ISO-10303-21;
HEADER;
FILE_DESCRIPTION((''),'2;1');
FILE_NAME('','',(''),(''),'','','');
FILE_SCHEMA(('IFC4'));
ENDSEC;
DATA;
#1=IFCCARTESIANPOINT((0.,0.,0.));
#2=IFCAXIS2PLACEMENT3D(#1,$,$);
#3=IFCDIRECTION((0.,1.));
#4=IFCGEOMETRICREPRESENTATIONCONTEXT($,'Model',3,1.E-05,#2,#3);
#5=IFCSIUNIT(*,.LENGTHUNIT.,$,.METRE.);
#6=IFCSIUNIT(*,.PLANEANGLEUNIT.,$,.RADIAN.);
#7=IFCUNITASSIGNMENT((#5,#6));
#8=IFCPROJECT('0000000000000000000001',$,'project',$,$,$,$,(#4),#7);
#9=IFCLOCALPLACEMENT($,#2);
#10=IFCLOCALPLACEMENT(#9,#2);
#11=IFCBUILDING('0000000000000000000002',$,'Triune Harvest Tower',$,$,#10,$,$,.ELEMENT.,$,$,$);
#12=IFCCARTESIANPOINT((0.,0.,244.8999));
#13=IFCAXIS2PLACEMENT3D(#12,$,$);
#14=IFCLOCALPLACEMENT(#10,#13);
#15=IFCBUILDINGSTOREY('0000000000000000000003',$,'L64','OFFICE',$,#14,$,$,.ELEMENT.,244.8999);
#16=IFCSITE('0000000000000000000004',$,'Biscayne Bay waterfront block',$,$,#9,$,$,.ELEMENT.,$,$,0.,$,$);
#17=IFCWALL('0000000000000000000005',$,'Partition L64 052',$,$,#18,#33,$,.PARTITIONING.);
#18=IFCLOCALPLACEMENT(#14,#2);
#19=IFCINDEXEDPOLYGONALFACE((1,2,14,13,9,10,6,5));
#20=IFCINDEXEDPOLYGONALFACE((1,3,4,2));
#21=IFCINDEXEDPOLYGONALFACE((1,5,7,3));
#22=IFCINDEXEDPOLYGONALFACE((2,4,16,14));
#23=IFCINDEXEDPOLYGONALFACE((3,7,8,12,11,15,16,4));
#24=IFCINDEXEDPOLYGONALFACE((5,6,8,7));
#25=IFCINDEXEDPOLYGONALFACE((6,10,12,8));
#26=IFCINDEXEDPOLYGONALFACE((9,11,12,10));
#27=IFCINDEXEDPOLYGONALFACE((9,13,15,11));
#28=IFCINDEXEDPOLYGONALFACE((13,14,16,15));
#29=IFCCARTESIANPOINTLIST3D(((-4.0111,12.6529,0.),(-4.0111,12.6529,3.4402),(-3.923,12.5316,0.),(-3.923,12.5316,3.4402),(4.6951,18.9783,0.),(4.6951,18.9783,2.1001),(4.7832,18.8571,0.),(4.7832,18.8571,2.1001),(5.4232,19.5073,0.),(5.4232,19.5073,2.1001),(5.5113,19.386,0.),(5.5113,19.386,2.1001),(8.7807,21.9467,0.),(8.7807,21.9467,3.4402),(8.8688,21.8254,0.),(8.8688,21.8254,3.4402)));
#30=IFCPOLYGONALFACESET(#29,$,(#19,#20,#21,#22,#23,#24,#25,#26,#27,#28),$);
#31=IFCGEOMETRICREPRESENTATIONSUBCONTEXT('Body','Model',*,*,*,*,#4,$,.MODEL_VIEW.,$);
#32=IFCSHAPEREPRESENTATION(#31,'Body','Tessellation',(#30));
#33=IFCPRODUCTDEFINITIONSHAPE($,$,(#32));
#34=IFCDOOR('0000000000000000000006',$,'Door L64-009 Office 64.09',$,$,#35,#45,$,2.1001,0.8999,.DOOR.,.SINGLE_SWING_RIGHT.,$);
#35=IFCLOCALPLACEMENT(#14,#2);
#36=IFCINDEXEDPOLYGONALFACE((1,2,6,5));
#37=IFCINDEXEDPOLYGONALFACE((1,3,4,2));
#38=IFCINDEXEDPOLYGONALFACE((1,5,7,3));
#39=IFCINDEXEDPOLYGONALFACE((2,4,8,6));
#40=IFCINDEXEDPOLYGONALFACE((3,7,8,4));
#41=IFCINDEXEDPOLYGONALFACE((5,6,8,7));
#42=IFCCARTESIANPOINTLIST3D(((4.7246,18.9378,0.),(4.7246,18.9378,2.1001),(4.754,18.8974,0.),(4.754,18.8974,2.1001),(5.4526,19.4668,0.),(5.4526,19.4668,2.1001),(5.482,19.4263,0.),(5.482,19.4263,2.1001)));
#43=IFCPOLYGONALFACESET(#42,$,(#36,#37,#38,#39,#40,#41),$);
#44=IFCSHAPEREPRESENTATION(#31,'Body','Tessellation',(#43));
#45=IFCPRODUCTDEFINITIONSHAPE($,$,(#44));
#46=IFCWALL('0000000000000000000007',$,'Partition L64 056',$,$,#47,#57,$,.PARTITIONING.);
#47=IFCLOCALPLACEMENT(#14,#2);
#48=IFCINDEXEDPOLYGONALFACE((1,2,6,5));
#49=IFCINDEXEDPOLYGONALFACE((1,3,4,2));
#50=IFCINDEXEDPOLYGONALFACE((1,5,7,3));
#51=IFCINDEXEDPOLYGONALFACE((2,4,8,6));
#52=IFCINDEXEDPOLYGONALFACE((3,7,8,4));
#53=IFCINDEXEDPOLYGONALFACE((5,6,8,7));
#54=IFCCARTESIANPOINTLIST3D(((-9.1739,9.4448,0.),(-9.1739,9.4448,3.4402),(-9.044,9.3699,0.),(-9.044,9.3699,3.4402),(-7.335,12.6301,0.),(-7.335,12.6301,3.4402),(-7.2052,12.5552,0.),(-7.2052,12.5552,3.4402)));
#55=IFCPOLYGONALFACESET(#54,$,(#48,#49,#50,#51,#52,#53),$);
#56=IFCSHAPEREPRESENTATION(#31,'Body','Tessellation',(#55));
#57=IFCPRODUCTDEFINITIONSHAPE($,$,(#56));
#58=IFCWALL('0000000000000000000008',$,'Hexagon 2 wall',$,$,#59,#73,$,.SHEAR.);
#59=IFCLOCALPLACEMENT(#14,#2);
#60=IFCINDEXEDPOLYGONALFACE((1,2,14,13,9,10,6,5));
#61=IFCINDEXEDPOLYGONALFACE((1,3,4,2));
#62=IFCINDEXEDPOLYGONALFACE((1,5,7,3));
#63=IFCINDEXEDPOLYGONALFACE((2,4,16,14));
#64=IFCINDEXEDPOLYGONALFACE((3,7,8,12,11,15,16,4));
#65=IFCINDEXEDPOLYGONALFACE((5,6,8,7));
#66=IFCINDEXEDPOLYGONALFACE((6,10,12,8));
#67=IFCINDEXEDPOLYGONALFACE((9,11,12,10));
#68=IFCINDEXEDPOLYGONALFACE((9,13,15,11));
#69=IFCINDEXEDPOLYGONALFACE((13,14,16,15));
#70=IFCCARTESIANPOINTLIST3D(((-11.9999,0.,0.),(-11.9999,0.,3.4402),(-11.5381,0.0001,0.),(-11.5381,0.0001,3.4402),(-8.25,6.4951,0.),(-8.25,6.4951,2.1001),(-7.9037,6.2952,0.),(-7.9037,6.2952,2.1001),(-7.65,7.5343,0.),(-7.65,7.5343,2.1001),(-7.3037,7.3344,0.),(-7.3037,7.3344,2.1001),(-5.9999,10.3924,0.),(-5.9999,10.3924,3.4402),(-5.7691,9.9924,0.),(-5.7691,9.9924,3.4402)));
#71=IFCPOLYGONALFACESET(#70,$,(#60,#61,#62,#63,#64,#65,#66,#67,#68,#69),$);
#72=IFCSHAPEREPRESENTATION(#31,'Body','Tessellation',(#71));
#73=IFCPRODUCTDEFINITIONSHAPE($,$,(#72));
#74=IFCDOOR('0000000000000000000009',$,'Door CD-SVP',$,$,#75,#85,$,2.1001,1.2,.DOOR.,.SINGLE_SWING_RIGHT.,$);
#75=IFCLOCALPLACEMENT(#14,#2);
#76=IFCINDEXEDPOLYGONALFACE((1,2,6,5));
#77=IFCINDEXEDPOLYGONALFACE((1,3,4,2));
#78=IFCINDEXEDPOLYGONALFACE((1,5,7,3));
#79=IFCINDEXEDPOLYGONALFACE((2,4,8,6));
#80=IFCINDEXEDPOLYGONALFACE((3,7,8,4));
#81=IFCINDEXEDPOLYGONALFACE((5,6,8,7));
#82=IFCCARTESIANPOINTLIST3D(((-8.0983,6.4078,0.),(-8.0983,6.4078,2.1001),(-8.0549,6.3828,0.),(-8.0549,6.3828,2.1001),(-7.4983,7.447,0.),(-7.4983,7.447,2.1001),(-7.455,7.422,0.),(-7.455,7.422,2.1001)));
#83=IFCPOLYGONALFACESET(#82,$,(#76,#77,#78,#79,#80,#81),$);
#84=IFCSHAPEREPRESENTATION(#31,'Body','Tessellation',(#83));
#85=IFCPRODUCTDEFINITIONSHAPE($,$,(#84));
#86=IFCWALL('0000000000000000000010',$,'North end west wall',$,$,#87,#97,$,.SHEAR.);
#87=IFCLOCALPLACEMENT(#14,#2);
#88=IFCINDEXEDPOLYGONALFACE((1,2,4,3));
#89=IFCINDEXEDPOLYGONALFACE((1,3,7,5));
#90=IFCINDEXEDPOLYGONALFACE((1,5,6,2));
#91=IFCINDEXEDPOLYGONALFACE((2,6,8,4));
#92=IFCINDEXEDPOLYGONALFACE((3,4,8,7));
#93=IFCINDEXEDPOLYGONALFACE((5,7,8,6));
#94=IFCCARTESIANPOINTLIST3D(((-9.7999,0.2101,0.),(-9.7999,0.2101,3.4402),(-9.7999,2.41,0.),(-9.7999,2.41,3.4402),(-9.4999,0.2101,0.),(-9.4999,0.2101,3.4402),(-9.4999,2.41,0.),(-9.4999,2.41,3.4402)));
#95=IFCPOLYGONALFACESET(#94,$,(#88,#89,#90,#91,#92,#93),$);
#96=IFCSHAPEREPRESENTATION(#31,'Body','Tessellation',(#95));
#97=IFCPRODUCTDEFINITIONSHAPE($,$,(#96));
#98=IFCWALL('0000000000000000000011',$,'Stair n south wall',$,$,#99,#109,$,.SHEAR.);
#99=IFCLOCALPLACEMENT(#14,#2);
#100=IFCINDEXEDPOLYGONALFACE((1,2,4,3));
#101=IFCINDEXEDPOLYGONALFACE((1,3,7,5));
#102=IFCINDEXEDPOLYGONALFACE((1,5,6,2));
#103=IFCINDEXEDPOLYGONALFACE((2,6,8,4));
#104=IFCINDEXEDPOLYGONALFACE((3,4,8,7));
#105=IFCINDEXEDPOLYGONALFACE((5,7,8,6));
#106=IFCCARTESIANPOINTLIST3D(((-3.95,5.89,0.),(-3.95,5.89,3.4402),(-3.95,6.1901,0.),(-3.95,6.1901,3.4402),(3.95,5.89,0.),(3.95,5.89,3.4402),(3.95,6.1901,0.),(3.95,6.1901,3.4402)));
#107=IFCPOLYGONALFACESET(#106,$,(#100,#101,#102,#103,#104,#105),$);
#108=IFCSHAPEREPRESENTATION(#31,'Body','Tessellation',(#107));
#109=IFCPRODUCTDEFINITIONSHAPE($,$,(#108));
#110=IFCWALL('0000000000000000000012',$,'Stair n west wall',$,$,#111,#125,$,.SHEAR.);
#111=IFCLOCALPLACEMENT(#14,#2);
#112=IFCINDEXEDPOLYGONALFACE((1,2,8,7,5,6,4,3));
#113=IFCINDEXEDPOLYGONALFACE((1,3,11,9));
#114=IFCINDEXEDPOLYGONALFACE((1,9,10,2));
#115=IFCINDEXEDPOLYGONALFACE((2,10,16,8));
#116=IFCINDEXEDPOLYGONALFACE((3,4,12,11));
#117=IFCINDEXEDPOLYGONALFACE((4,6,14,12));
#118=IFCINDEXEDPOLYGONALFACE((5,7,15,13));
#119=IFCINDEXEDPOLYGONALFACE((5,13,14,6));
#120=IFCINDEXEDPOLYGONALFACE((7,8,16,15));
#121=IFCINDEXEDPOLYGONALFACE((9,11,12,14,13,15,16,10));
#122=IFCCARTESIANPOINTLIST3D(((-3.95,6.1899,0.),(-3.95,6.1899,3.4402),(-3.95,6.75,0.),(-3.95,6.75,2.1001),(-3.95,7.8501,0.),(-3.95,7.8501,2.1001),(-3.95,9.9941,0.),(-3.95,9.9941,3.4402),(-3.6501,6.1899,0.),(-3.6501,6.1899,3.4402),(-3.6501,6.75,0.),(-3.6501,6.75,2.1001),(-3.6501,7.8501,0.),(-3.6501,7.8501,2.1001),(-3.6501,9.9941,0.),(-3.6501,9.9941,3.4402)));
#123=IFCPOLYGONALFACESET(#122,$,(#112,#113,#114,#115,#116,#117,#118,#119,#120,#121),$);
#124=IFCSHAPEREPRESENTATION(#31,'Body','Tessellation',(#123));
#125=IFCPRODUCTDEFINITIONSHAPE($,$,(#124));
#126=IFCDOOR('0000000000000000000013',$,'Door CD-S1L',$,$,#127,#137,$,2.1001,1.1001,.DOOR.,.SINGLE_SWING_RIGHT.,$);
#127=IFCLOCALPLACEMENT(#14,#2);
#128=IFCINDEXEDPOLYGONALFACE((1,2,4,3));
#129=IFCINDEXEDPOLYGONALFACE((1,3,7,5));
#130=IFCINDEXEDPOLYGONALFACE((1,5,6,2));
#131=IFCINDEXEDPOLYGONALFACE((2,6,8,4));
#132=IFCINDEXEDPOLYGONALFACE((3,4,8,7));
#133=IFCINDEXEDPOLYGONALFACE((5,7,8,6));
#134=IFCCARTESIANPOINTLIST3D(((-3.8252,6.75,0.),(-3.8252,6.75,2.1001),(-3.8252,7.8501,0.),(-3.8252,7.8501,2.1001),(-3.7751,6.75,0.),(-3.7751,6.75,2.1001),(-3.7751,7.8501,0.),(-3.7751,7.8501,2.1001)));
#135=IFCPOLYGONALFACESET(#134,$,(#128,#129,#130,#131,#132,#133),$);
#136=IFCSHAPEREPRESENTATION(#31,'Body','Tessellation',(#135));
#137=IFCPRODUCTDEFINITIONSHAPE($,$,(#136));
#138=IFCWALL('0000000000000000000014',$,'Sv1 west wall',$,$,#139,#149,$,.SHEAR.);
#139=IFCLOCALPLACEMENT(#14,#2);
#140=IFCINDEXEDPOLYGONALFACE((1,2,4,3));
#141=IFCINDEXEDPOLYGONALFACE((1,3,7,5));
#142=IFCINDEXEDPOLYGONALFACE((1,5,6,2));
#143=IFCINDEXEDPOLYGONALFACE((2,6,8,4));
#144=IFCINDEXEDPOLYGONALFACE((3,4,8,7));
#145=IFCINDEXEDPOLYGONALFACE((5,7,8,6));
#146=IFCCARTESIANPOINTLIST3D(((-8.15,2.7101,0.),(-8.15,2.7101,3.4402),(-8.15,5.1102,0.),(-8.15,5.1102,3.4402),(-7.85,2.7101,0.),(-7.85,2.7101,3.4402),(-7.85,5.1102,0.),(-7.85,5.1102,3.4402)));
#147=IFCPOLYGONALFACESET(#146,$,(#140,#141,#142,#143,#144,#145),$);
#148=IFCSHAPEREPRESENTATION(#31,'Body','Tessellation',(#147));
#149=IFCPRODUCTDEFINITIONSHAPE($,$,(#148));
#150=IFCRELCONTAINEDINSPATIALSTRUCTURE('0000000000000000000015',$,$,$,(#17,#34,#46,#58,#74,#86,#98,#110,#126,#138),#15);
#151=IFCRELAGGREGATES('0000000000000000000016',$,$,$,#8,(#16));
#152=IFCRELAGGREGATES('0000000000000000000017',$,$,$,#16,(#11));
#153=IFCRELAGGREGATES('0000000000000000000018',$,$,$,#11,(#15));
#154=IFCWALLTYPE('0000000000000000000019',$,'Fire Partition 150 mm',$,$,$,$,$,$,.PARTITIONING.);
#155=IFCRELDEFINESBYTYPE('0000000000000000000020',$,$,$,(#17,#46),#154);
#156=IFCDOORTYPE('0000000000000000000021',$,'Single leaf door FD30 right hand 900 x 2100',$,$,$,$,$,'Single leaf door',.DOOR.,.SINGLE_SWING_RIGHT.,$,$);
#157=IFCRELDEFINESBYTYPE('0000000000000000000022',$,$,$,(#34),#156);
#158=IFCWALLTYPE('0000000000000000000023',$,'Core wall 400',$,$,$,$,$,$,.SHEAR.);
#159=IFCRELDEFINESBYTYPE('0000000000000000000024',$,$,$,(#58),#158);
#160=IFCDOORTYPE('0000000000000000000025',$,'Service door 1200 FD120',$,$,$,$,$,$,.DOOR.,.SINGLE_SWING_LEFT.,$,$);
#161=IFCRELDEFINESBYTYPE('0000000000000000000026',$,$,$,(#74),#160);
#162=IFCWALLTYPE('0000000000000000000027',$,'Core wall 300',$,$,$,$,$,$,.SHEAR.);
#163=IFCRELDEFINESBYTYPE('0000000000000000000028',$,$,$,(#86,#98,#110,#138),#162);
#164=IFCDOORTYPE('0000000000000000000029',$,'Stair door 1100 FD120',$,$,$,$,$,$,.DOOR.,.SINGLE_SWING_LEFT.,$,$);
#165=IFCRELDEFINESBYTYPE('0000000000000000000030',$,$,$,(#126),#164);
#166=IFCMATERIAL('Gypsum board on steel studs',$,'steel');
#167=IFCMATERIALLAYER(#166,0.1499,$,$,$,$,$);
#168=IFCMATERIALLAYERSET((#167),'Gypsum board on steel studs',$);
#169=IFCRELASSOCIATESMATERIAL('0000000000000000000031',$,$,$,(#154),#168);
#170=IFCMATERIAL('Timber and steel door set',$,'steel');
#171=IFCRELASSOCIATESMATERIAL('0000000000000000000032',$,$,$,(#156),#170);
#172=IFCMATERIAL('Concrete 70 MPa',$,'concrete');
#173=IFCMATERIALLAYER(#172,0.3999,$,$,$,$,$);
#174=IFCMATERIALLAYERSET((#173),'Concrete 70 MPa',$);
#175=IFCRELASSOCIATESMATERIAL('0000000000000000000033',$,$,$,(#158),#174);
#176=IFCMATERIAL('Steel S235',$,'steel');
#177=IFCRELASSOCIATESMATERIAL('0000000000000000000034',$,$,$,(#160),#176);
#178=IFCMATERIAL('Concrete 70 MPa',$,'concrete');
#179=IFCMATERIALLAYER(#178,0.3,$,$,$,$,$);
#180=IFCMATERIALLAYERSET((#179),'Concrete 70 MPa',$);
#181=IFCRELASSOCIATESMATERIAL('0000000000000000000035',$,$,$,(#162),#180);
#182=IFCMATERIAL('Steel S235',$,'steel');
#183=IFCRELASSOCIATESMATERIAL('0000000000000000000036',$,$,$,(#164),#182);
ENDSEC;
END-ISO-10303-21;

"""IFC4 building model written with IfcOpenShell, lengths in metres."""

from ifc_helpers import new_model, si_unit, direction, frame, frame_2d, origin, place, context, subcontext, project, spatial, polyline, rectangle, outline, extrude, source, transform, mapped, material, layer, layer_set, type_object, element, fill, save


model = new_model("IFC4")

# Units and contexts
model_context = context("Model", 3, precision=1e-05, world=origin(), true_north=direction((0.0, 1.0)))
body_context = subcontext(model_context, "Body", "Model", "MODEL_VIEW")
ifc_project = project(units=[si_unit("LENGTHUNIT", "METRE"), si_unit("PLANEANGLEUNIT", "RADIAN")], contexts=[model_context])

# Site, building, storey
site_placement = place(None, origin())
site = spatial("IfcSite", under=ifc_project, at=site_placement, Name="Biscayne Bay waterfront block", CompositionType="ELEMENT", RefElevation=0.0)
building_placement = place(site_placement, origin())
building = spatial("IfcBuilding", under=site, at=building_placement, Name="Triune Harvest Tower", CompositionType="ELEMENT")
storey_placement = place(building_placement, frame((0.0, 0.0, 244.8999)))
storey = spatial("IfcBuildingStorey", under=building, at=storey_placement, Name="L64", Description="OFFICE", CompositionType="ELEMENT", Elevation=244.8999)

# Shared definitions
ifc_material_1 = material(Name="Gypsum board on steel studs", Category="steel")
ifc_layer_1 = layer(ifc_material_1, 0.1499)
ifc_layer_set_1 = layer_set([ifc_layer_1], Name="Gypsum board on steel studs")
wall_type_1 = type_object("IfcWallType", Name="Fire Partition 150 mm", PredefinedType="PARTITIONING", material=ifc_layer_set_1)

# Wall, opening, door
wall_1_placement = place(storey_placement, frame((-3.967, 12.5923, 0.0), z_axis=(0.0, 0.0, 1.0), x_axis=(0.809018, 0.587783, 0.0)))
wall_1 = element("IfcWall", 1, at=wall_1_placement, inside=storey, type_object=wall_type_1, Name="Partition L64 052", PredefinedType="PARTITIONING", context=body_context, shape_type="SweptSolid", body=[
    extrude(rectangle(XDim=15.8115, YDim=0.1499, at=frame_2d((7.9058, 0.0))), origin(), (0.0, 0.0, 1.0), 3.4402),
])
opening_1_placement = place(wall_1_placement, frame((10.7615, 0.0, 0.0)))
opening_1 = element("IfcOpeningElement", 2, at=opening_1_placement, cuts=wall_1, PredefinedType="OPENING", context=body_context, shape_type="SweptSolid", body=[
    extrude(rectangle(XDim=0.8999, YDim=2.1001, at=frame_2d((0.45, 1.05))), frame((0.0, 0.085, 0.0), z_axis=(0.0, -1.0, 0.0), x_axis=(1.0, 0.0, 0.0)), (0.0, 0.0, 1.0), 0.1699),
])
ifc_material_2 = material(Name="Timber and steel door set", Category="steel")
door_type_1 = type_object("IfcDoorType", Name="Single leaf door FD30 right hand 900 x 2100", ElementType="Single leaf door", OperationType="SINGLE_SWING_RIGHT", PredefinedType="DOOR", material=ifc_material_2)
door_1_placement = place(opening_1_placement, origin())
door_1 = element("IfcDoor", 3, at=door_1_placement, inside=storey, type_object=door_type_1, Name="Door L64-009 Office 64.09", OperationType="SINGLE_SWING_RIGHT", OverallHeight=2.1001, OverallWidth=0.8999, PredefinedType="DOOR", context=body_context, shape_type="SweptSolid", body=[
    extrude(rectangle(XDim=0.8999, YDim=2.1001, at=frame_2d((0.45, 1.05))), frame((0.0, 0.0249, 0.0), z_axis=(0.0, -1.0, 0.0), x_axis=(1.0, 0.0, 0.0)), (0.0, 0.0, 1.0), 0.05),
])
fill(opening_1, door_1)

# Wall
wall_2_placement = place(storey_placement, frame((-9.1089, 9.4075, 0.0), z_axis=(0.0, 0.0, 1.0), x_axis=(0.499966, 0.866045, 0.0)))
element("IfcWall", 4, at=wall_2_placement, inside=storey, type_object=wall_type_1, Name="Partition L64 056", PredefinedType="PARTITIONING", context=body_context, shape_type="SweptSolid", body=[
    extrude(rectangle(XDim=3.678, YDim=0.1499, at=frame_2d((1.8389, 0.0))), origin(), (0.0, 0.0, 1.0), 3.4402),
])

# Wall, opening, door
ifc_material_3 = material(Name="Concrete 70 MPa", Category="concrete")
ifc_layer_2 = layer(ifc_material_3, 0.3999)
ifc_layer_set_2 = layer_set([ifc_layer_2], Name="Concrete 70 MPa")
wall_type_2 = type_object("IfcWallType", Name="Core wall 400", PredefinedType="SHEAR", material=ifc_layer_set_2)
shared_shape_1 = source(origin(), body_context, "Body", "SweptSolid", [
    extrude(outline(polyline([(-0.1155, -0.2), (11.8845, -0.2), (11.6536, 0.2), (0.1155, 0.2), (-0.1155, -0.2)])), origin(), (0.0, 0.0, 1.0), 3.4402),
])
wall_3_placement = place(storey_placement, frame((-5.8845, 10.1924, 0.0), z_axis=(0.0, 0.0, 1.0), x_axis=(-0.499997, -0.866027, 0.0)))
wall_3 = element("IfcWall", 5, at=wall_3_placement, inside=storey, type_object=wall_type_2, Name="Hexagon 2 wall", PredefinedType="SHEAR", context=body_context, shape_type="MappedRepresentation", body=[
    mapped(shared_shape_1, transform((0.0, 0.0, 0.0), scale=1.0)),
])
opening_2_placement = place(wall_3_placement, frame((3.1846, 0.0, 0.0)))
opening_2 = element("IfcOpeningElement", 6, at=opening_2_placement, cuts=wall_3, PredefinedType="OPENING", context=body_context, shape_type="SweptSolid", body=[
    extrude(rectangle(XDim=1.2, YDim=2.1001, at=frame_2d((0.6001, 1.05))), frame((0.0, 0.21, 0.0), z_axis=(0.0, -1.0, 0.0), x_axis=(1.0, 0.0, 0.0)), (0.0, 0.0, 1.0), 0.4199),
])
ifc_material_4 = material(Name="Steel S235", Category="steel")
door_type_2 = type_object("IfcDoorType", Name="Service door 1200 FD120", OperationType="SINGLE_SWING_LEFT", PredefinedType="DOOR", material=ifc_material_4)
door_2_placement = place(opening_2_placement, frame((1.2, 0.0, 0.0), z_axis=(0.0, 0.0, 1.0), x_axis=(-1.0, 0.0, 0.0)))
door_2 = element("IfcDoor", 7, at=door_2_placement, inside=storey, type_object=door_type_2, Name="Door CD-SVP", OperationType="SINGLE_SWING_RIGHT", OverallHeight=2.1001, OverallWidth=1.2, PredefinedType="DOOR", context=body_context, shape_type="SweptSolid", body=[
    extrude(rectangle(XDim=1.2, YDim=2.1001, at=frame_2d((0.6001, 1.05))), frame((0.0, 0.0249, 0.0), z_axis=(0.0, -1.0, 0.0), x_axis=(1.0, 0.0, 0.0)), (0.0, 0.0, 1.0), 0.05),
])
fill(opening_2, door_2)

# Walls
ifc_material_5 = material(Name="Concrete 70 MPa", Category="concrete")
ifc_layer_3 = layer(ifc_material_5, 0.3)
ifc_layer_set_3 = layer_set([ifc_layer_3], Name="Concrete 70 MPa")
wall_type_3 = type_object("IfcWallType", Name="Core wall 300", PredefinedType="SHEAR", material=ifc_layer_set_3)
shared_shape_2 = source(origin(), body_context, "Body", "SweptSolid", [
    extrude(rectangle(XDim=2.2, YDim=0.3, at=frame_2d((1.1001, 0.0))), origin(), (0.0, 0.0, 1.0), 3.4402),
])
wall_4_placement = place(storey_placement, frame((-9.6499, 0.21, 0.0), z_axis=(0.0, 0.0, 1.0), x_axis=(0.0, 1.0, 0.0)))
element("IfcWall", 8, at=wall_4_placement, inside=storey, type_object=wall_type_3, Name="North end west wall", PredefinedType="SHEAR", context=body_context, shape_type="MappedRepresentation", body=[
    mapped(shared_shape_2, transform((0.0, 0.0, 0.0), scale=1.0)),
])
shared_shape_3 = source(origin(), body_context, "Body", "SweptSolid", [
    extrude(rectangle(XDim=7.8999, YDim=0.3, at=frame_2d((3.95, 0.0))), origin(), (0.0, 0.0, 1.0), 3.4402),
])
wall_5_placement = place(storey_placement, frame((-3.95, 6.04, 0.0), z_axis=(0.0, 0.0, 1.0), x_axis=(1.0, 0.0, 0.0)))
element("IfcWall", 9, at=wall_5_placement, inside=storey, type_object=wall_type_3, Name="Stair n south wall", PredefinedType="SHEAR", context=body_context, shape_type="MappedRepresentation", body=[
    mapped(shared_shape_3, transform((0.0, 0.0, 0.0), scale=1.0)),
])

# Wall, opening, door
shared_shape_4 = source(origin(), body_context, "Body", "SweptSolid", [
    extrude(outline(polyline([(0.0, -0.1499), (0.0, 0.1499), (3.8042, 0.1499), (3.8042, -0.1499), (0.0, -0.1499)])), origin(), (0.0, 0.0, 1.0), 3.4402),
])
wall_6_placement = place(storey_placement, frame((-3.8, 6.1899, 0.0), z_axis=(0.0, 0.0, 1.0), x_axis=(0.0, 1.0, 0.0)))
wall_6 = element("IfcWall", 10, at=wall_6_placement, inside=storey, type_object=wall_type_3, Name="Stair n west wall", PredefinedType="SHEAR", context=body_context, shape_type="MappedRepresentation", body=[
    mapped(shared_shape_4, transform((0.0, 0.0, 0.0), scale=1.0)),
])
opening_3_placement = place(wall_6_placement, frame((0.5601, 0.0, 0.0)))
opening_3 = element("IfcOpeningElement", 11, at=opening_3_placement, cuts=wall_6, PredefinedType="OPENING", context=body_context, shape_type="SweptSolid", body=[
    extrude(rectangle(XDim=1.1001, YDim=2.1001, at=frame_2d((0.55, 1.05))), frame((0.0, 0.1602, 0.0), z_axis=(0.0, -1.0, 0.0), x_axis=(1.0, 0.0, 0.0)), (0.0, 0.0, 1.0), 0.3201),
])
ifc_material_6 = material(Name="Steel S235", Category="steel")
door_type_3 = type_object("IfcDoorType", Name="Stair door 1100 FD120", OperationType="SINGLE_SWING_LEFT", PredefinedType="DOOR", material=ifc_material_6)
door_3_placement = place(opening_3_placement, frame((1.1001, 0.0, 0.0), z_axis=(0.0, 0.0, 1.0), x_axis=(-1.0, 0.0, 0.0)))
door_3 = element("IfcDoor", 12, at=door_3_placement, inside=storey, type_object=door_type_3, Name="Door CD-S1L", OperationType="SINGLE_SWING_RIGHT", OverallHeight=2.1001, OverallWidth=1.1001, PredefinedType="DOOR", context=body_context, shape_type="SweptSolid", body=[
    extrude(rectangle(XDim=1.1001, YDim=2.1001, at=frame_2d((0.55, 1.05))), frame((0.0, 0.0249, 0.0), z_axis=(0.0, -1.0, 0.0), x_axis=(1.0, 0.0, 0.0)), (0.0, 0.0, 1.0), 0.05),
])
fill(opening_3, door_3)

# Wall
shared_shape_5 = source(origin(), body_context, "Body", "SweptSolid", [
    extrude(rectangle(XDim=2.4001, YDim=0.3, at=frame_2d((1.2002, 0.0))), origin(), (0.0, 0.0, 1.0), 3.4402),
])
wall_7_placement = place(storey_placement, frame((-8.0, 2.71, 0.0), z_axis=(0.0, 0.0, 1.0), x_axis=(0.0, 1.0, 0.0)))
element("IfcWall", 13, at=wall_7_placement, inside=storey, type_object=wall_type_3, Name="Sv1 west wall", PredefinedType="SHEAR", context=body_context, shape_type="MappedRepresentation", body=[
    mapped(shared_shape_5, transform((0.0, 0.0, 0.0), scale=1.0)),
])

save(model, "model.ifc")
